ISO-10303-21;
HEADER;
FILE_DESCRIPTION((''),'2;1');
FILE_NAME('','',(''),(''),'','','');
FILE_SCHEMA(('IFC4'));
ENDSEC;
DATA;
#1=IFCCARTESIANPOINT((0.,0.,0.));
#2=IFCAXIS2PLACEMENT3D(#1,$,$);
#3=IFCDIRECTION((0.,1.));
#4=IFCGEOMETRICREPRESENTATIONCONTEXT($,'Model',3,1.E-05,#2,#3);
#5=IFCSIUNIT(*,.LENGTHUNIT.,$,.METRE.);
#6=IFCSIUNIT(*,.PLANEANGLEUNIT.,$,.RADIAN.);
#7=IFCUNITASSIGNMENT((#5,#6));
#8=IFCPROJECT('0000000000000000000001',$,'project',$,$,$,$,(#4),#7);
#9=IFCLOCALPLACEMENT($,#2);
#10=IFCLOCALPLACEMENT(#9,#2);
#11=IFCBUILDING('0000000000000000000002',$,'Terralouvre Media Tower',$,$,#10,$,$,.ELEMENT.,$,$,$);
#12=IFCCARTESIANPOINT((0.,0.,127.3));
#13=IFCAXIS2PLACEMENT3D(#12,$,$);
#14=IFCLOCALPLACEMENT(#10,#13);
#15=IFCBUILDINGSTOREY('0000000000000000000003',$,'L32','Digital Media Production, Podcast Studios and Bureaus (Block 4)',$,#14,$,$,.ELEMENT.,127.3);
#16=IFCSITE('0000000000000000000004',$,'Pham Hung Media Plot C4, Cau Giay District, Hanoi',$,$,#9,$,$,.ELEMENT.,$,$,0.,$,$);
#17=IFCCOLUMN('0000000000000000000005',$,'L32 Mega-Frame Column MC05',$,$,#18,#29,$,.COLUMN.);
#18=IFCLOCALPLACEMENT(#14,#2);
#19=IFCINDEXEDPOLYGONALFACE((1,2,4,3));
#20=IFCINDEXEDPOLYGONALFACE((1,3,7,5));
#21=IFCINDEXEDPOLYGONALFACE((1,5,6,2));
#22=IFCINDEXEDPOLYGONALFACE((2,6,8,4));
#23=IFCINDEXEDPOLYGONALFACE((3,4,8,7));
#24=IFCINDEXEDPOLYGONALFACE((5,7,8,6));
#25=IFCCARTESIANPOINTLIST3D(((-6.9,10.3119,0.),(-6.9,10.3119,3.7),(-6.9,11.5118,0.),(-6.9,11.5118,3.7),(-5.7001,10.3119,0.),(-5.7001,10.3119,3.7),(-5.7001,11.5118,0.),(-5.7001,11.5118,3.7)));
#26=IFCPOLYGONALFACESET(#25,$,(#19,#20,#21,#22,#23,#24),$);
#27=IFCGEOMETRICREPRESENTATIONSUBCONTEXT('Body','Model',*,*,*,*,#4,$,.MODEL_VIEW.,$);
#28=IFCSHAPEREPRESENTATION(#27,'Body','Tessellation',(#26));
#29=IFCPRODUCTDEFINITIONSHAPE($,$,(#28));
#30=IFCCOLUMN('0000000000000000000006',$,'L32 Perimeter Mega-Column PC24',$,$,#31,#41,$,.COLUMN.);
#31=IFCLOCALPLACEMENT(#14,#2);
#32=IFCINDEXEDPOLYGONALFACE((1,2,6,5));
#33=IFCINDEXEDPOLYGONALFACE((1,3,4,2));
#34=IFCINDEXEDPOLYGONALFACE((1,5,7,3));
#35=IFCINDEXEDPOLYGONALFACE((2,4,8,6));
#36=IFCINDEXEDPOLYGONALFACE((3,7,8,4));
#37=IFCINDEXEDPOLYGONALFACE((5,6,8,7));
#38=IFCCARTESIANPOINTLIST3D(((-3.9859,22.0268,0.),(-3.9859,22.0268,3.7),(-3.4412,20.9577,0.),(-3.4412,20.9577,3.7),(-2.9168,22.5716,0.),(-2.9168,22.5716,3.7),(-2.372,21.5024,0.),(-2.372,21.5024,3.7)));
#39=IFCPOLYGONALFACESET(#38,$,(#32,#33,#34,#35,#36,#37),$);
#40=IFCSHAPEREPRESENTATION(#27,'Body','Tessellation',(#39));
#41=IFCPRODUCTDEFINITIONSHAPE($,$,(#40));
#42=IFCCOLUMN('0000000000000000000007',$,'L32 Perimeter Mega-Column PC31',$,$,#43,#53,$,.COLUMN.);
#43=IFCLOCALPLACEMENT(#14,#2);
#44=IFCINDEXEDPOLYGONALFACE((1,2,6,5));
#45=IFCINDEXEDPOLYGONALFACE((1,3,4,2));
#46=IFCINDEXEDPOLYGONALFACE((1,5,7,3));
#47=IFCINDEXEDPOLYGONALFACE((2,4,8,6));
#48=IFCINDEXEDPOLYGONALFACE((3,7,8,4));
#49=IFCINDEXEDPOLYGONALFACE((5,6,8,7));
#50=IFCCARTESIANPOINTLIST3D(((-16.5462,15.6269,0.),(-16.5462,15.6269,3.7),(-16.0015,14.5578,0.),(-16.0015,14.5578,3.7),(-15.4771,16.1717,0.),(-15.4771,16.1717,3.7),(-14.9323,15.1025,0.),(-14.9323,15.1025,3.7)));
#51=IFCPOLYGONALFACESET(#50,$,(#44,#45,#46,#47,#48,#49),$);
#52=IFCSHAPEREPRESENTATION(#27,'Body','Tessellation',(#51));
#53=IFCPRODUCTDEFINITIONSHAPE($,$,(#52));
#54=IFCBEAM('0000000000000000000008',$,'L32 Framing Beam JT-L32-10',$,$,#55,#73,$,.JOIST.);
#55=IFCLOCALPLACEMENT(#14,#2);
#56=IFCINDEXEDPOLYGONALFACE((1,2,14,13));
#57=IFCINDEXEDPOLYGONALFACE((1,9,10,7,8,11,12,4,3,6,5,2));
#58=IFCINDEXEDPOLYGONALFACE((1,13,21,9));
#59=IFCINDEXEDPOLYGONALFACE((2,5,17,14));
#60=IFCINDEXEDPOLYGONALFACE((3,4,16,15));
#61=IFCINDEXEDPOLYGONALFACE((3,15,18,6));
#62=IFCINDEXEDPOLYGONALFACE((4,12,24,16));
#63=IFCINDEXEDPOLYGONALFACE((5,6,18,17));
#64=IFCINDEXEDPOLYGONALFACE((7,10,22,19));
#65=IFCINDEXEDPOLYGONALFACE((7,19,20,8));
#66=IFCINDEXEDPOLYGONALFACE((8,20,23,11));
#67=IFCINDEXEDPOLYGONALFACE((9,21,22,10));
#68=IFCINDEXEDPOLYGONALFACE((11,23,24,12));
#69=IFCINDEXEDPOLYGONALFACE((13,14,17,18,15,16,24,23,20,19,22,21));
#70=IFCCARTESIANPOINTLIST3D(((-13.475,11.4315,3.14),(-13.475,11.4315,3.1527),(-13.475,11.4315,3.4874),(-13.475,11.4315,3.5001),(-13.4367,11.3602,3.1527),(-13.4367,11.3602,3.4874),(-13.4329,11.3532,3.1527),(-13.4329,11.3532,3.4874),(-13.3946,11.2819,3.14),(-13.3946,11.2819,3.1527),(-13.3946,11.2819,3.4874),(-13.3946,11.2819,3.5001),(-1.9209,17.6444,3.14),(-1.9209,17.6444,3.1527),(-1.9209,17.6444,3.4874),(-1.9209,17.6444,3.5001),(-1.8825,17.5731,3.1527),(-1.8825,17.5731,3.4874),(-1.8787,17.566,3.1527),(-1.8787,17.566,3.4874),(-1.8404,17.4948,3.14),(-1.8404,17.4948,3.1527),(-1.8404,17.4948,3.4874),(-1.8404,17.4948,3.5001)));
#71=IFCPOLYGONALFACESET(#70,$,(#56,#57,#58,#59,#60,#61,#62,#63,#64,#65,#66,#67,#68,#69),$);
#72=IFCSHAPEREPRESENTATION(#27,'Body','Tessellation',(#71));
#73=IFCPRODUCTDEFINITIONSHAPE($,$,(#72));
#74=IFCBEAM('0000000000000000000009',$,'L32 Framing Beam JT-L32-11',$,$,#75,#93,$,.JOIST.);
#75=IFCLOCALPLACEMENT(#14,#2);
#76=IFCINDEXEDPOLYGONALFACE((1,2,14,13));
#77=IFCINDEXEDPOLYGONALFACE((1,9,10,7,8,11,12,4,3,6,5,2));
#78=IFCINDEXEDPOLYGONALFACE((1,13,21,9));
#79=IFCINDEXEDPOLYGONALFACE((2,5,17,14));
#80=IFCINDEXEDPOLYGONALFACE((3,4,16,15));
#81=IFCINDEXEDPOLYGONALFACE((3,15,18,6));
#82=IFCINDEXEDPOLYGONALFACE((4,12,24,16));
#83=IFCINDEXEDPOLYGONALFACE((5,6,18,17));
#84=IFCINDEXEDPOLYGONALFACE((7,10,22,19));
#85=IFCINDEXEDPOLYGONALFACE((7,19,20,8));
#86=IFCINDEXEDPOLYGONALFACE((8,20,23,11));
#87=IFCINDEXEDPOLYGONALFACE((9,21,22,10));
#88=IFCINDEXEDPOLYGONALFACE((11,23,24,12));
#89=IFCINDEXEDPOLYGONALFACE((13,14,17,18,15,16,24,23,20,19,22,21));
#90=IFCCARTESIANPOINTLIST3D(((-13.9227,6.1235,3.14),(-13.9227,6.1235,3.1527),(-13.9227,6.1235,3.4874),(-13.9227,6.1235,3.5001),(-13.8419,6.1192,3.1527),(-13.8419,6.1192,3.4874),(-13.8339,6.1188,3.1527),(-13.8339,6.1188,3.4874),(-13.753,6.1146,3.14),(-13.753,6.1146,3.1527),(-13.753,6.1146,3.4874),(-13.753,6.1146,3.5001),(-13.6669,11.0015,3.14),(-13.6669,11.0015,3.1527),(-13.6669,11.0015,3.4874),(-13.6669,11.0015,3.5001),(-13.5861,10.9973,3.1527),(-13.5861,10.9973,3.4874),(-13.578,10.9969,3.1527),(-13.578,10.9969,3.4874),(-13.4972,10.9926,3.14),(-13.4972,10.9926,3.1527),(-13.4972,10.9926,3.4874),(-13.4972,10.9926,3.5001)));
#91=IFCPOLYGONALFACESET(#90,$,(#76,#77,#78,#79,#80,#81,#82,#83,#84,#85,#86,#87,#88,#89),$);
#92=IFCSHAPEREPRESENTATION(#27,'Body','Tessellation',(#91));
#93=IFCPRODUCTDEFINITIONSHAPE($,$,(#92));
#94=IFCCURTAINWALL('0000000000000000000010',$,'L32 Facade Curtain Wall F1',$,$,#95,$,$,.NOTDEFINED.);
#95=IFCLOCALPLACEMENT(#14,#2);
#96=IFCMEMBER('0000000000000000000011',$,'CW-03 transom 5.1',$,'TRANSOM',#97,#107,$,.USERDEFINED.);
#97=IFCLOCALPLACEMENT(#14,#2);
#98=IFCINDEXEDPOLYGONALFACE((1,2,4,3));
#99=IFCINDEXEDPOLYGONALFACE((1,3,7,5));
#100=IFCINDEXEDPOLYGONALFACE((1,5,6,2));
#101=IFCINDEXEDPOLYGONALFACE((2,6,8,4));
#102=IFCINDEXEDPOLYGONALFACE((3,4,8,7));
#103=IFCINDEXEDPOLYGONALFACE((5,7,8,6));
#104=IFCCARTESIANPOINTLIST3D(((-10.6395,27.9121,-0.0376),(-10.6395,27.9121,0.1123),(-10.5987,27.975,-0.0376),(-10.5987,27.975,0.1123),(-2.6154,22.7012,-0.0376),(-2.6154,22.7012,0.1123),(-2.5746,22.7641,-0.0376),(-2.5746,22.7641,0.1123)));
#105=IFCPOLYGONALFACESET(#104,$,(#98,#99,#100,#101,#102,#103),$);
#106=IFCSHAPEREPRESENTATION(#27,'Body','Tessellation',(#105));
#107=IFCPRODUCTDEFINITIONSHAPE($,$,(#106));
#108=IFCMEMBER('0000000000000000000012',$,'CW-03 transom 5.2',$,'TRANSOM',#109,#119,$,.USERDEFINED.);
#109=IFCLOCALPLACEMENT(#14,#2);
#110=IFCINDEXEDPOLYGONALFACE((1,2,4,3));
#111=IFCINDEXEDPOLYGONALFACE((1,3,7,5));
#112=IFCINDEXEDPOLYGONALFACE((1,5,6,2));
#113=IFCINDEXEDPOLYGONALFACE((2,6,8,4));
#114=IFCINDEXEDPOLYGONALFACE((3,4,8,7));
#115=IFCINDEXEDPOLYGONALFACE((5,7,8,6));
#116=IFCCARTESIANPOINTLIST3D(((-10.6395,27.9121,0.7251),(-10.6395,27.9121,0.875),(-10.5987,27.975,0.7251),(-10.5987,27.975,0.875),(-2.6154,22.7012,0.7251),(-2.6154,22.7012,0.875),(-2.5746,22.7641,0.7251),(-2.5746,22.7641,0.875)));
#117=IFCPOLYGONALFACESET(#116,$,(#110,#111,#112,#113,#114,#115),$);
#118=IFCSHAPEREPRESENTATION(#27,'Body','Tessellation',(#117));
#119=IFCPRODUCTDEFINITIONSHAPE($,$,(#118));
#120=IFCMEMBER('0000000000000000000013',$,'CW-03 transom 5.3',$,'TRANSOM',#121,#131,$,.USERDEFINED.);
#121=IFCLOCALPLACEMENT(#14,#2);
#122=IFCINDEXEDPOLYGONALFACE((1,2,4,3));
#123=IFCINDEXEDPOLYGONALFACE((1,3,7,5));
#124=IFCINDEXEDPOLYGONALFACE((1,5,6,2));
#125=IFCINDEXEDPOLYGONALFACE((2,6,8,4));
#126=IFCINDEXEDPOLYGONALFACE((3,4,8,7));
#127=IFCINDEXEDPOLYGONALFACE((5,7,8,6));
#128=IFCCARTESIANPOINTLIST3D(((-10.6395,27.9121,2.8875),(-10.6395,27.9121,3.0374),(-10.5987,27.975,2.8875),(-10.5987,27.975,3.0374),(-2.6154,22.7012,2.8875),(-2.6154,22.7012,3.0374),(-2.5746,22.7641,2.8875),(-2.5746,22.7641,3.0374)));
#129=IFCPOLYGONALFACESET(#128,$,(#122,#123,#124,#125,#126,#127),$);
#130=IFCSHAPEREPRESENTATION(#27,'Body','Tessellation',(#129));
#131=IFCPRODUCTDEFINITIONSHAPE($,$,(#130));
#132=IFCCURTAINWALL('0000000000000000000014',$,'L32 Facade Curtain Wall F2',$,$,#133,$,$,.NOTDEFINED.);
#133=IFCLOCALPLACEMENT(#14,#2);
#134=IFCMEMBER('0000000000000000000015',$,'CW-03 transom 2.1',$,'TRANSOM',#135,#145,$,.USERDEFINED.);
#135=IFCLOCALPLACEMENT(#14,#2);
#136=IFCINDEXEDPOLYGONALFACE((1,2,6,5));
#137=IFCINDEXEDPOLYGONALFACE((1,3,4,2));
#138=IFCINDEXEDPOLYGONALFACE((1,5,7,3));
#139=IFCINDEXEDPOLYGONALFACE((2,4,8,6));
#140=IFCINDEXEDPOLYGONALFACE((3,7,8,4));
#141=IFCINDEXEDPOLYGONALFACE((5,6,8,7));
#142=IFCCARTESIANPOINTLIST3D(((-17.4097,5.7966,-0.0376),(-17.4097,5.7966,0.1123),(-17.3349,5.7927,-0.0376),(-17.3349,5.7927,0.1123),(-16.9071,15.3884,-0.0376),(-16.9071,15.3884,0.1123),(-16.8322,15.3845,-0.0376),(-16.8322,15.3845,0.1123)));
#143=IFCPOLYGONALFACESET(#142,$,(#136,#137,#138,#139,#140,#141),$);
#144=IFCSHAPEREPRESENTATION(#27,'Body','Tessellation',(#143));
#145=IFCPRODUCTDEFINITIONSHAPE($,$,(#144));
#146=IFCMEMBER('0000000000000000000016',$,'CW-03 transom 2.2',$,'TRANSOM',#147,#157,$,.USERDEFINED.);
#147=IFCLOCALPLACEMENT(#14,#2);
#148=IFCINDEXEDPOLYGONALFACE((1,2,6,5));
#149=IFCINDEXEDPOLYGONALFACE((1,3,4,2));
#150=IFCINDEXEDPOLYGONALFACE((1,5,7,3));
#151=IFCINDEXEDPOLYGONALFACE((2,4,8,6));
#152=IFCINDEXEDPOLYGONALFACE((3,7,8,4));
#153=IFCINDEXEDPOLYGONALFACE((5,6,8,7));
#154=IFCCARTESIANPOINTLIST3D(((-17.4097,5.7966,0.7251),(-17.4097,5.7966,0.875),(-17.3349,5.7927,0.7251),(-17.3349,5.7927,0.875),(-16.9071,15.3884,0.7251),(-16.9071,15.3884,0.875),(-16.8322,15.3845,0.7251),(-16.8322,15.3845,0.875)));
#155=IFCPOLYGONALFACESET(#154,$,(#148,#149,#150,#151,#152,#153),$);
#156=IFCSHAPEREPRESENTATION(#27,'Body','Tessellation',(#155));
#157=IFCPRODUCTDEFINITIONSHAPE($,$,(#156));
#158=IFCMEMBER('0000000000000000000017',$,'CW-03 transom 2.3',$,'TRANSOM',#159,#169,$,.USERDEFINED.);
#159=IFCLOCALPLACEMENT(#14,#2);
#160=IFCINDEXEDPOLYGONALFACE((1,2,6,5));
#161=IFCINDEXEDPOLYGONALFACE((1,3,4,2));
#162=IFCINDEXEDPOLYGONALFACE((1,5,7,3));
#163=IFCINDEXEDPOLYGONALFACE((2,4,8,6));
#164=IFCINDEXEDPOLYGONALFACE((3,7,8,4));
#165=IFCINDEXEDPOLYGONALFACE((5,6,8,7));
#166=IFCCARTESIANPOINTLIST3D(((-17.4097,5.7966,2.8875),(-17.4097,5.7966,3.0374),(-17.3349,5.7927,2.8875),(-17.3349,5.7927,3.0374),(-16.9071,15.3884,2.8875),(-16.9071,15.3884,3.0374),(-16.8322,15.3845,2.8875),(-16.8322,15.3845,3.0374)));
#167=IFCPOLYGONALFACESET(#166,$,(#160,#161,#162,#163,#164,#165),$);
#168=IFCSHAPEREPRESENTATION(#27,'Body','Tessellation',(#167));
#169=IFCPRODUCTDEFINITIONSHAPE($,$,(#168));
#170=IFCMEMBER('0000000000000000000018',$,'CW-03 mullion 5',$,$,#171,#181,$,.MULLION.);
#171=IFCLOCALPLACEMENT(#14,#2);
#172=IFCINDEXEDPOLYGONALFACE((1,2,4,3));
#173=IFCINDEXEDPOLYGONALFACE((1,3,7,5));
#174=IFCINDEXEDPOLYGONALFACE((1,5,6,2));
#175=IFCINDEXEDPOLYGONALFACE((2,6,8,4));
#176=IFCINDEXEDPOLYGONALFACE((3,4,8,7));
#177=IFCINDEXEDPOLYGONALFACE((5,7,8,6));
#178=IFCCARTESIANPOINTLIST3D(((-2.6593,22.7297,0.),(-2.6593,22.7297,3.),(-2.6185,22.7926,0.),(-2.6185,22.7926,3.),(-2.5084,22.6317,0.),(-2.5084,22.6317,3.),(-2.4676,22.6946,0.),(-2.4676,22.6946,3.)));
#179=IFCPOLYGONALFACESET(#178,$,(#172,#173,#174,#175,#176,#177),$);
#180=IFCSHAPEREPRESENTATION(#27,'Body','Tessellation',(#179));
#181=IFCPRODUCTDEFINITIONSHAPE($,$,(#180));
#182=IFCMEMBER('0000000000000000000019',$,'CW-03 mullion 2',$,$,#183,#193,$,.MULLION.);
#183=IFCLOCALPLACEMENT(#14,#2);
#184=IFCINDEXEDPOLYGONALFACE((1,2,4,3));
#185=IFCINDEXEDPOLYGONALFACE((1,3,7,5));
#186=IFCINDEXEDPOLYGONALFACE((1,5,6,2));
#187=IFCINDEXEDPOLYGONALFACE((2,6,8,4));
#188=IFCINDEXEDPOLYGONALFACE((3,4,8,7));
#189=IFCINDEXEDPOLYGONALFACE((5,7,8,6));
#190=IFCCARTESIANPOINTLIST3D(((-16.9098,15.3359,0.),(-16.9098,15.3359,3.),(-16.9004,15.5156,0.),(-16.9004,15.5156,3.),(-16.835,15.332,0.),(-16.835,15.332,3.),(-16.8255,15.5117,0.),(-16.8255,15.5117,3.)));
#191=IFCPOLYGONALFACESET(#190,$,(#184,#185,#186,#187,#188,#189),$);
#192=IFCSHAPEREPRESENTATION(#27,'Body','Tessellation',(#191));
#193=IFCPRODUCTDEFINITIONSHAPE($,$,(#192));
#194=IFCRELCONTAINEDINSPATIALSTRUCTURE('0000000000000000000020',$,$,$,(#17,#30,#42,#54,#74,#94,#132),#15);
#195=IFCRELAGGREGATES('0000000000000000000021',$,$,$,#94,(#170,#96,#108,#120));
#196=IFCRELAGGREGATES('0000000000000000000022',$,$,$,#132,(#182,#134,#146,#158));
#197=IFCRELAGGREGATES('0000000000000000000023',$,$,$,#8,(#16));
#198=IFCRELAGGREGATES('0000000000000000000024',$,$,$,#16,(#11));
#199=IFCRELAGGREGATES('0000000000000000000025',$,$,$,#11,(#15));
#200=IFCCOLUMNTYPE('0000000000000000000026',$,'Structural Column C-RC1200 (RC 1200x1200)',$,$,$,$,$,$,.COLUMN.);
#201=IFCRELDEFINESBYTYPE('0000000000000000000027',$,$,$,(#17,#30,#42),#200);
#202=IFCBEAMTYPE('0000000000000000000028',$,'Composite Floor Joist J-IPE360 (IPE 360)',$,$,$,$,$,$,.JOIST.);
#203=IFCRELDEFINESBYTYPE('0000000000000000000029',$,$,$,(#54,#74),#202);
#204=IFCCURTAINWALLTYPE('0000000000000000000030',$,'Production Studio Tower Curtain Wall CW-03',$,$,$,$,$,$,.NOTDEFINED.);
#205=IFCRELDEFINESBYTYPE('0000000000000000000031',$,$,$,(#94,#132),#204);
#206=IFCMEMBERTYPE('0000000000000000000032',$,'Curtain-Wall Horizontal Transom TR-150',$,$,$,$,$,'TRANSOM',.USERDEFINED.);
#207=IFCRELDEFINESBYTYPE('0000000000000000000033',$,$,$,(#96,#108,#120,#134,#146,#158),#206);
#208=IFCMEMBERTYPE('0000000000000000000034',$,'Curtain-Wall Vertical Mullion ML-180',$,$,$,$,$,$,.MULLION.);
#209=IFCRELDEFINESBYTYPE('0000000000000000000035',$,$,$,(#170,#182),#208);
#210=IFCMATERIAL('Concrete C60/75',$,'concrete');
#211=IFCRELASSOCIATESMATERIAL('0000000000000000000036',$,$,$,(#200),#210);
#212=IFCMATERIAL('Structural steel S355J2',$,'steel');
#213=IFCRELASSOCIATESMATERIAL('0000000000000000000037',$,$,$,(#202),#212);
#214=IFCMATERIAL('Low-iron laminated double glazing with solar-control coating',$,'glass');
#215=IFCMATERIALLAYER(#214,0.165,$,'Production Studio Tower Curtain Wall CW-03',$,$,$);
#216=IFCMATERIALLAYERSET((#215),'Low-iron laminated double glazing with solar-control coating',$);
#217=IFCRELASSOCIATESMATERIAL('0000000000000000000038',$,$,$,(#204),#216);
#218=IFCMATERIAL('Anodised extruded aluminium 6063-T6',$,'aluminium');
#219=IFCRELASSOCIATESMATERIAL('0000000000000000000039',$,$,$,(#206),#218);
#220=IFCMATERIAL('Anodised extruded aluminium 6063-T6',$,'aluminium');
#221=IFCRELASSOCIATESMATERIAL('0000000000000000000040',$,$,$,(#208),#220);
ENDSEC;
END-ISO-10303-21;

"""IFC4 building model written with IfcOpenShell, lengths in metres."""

from ifc_helpers import new_model, si_unit, direction, frame, origin, origin_2d, place, context, subcontext, project, spatial, rectangle, i_section, extrude, material, layer, layer_set, material_profile, profile_set, type_object, element, aggregate, save


model = new_model("IFC4")

# Units and contexts
model_context = context("Model", 3, precision=1e-05, world=origin(), true_north=direction((0.0, 1.0)))
body_context = subcontext(model_context, "Body", "Model", "MODEL_VIEW")
ifc_project = project(units=[si_unit("LENGTHUNIT", "METRE"), si_unit("PLANEANGLEUNIT", "RADIAN")], contexts=[model_context])

# Site, building, storey
site_placement = place(None, origin())
site = spatial("IfcSite", under=ifc_project, at=site_placement, Name="Pham Hung Media Plot C4, Cau Giay District, Hanoi", CompositionType="ELEMENT", RefElevation=0.0)
building_placement = place(site_placement, origin())
building = spatial("IfcBuilding", under=site, at=building_placement, Name="Terralouvre Media Tower", CompositionType="ELEMENT")
storey_placement = place(building_placement, frame((0.0, 0.0, 127.3)))
storey = spatial("IfcBuildingStorey", under=building, at=storey_placement, Name="L32", Description="Digital Media Production, Podcast Studios and Bureaus (Block 4)", CompositionType="ELEMENT", Elevation=127.3)

# Columns
ifc_material_1 = material(Name="Concrete C60/75", Category="concrete")
ifc_material_profile_1 = material_profile(ifc_material_1, rectangle(XDim=1.2, YDim=1.2, at=origin_2d()), Name="RC 1200x1200")
ifc_profile_set_1 = profile_set([ifc_material_profile_1], Name="Concrete C60/75")
column_type = type_object("IfcColumnType", Name="Structural Column C-RC1200 (RC 1200x1200)", PredefinedType="COLUMN", material=ifc_profile_set_1)
for number, where, z_axis, x_axis, name in (
    (1, (-6.3, 10.9119, 0.0), (0.0, 0.0, 1.0), (1.0, 0.0, 0.0), "L32 Mega-Frame Column MC05"),
    (2, (-3.179, 21.7646, 0.0), (0.0, 0.0, 1.0), (0.891007, 0.45399, 0.0), "L32 Perimeter Mega-Column PC24"),
    (3, (-15.7393, 15.3647, 0.0), (0.0, 0.0, 1.0), (0.891007, 0.45399, 0.0), "L32 Perimeter Mega-Column PC31"),
):
    element("IfcColumn", number, at=place(storey_placement, frame(where, z_axis=z_axis, x_axis=x_axis)), inside=storey, type_object=column_type, Name=name, PredefinedType="COLUMN", context=body_context, shape_type="SweptSolid", body=[
        extrude(rectangle(XDim=1.2, YDim=1.2, at=origin_2d()), origin(), (0.0, 0.0, 1.0), 3.7),
    ])

# Beams
ifc_material_2 = material(Name="Structural steel S355J2", Category="steel")
ifc_material_profile_2 = material_profile(ifc_material_2, i_section(OverallWidth=0.1699, OverallDepth=0.3601, WebThickness=0.0081, FlangeThickness=0.0127, at=origin_2d()), Name="IPE 360")
ifc_profile_set_2 = profile_set([ifc_material_profile_2], Name="Structural steel S355J2")
beam_type_1 = type_object("IfcBeamType", Name="Composite Floor Joist J-IPE360 (IPE 360)", PredefinedType="JOIST", material=ifc_profile_set_2)
beam_1_placement = place(storey_placement, frame((-1.8806, 17.5696, 3.3201), z_axis=(-0.880745, -0.473591, 0.0), x_axis=(0.473591, -0.880745, 0.0)))
element("IfcBeam", 4, at=beam_1_placement, inside=storey, type_object=beam_type_1, Name="L32 Framing Beam JT-L32-10", PredefinedType="JOIST", context=body_context, shape_type="SweptSolid", body=[
    extrude(i_section(OverallWidth=0.1699, OverallDepth=0.3601, WebThickness=0.0081, FlangeThickness=0.0127, at=origin_2d()), origin(), (0.0, 0.0, 1.0), 13.1187),
])
beam_2_placement = place(storey_placement, frame((-13.582, 10.9971, 3.3201), z_axis=(-0.052378, -0.998627, 0.0), x_axis=(0.998627, -0.052378, 0.0)))
element("IfcBeam", 5, at=beam_2_placement, inside=storey, type_object=beam_type_1, Name="L32 Framing Beam JT-L32-11", PredefinedType="JOIST", context=body_context, shape_type="SweptSolid", body=[
    extrude(i_section(OverallWidth=0.1699, OverallDepth=0.3601, WebThickness=0.0081, FlangeThickness=0.0127, at=origin_2d()), origin(), (0.0, 0.0, 1.0), 4.8848),
])

# Curtain walls, members
ifc_material_3 = material(Name="Low-iron laminated double glazing with solar-control coating", Category="glass")
ifc_layer_1 = layer(ifc_material_3, 0.165, Name="Production Studio Tower Curtain Wall CW-03")
ifc_layer_set_1 = layer_set([ifc_layer_1], Name="Low-iron laminated double glazing with solar-control coating")
curtain_wall_type = type_object("IfcCurtainWallType", Name="Production Studio Tower Curtain Wall CW-03", PredefinedType="NOTDEFINED", material=ifc_layer_set_1)
curtain_wall_1_placement = place(storey_placement, origin())
curtain_wall_1 = element("IfcCurtainWall", 6, at=curtain_wall_1_placement, inside=storey, type_object=curtain_wall_type, Name="L32 Facade Curtain Wall F1", PredefinedType="NOTDEFINED")
ifc_material_4 = material(Name="Anodised extruded aluminium 6063-T6", Category="aluminium")
ifc_material_profile_3 = material_profile(ifc_material_4, rectangle(XDim=0.075, YDim=0.1499, at=origin_2d()), Name="ALU 75x150")
ifc_profile_set_3 = profile_set([ifc_material_profile_3], Name="Anodised extruded aluminium 6063-T6")
member_type_1 = type_object("IfcMemberType", Name="Curtain-Wall Horizontal Transom TR-150", ElementType="TRANSOM", PredefinedType="USERDEFINED", material=ifc_profile_set_3)
member_1_placement = place(storey_placement, frame((-2.595, 22.7327, 0.0374), z_axis=(-0.838671, 0.544638, 0.0), x_axis=(-0.544638, -0.838671, 0.0)))
member_1 = element("IfcMember", 7, at=member_1_placement, type_object=member_type_1, Name="CW-03 transom 5.1", ObjectType="TRANSOM", PredefinedType="USERDEFINED", context=body_context, shape_type="SweptSolid", body=[
    extrude(rectangle(XDim=0.075, YDim=0.1499, at=origin_2d()), origin(), (0.0, 0.0, 1.0), 9.5676),
])
member_2_placement = place(storey_placement, frame((-2.595, 22.7327, 0.8), z_axis=(-0.838671, 0.544638, 0.0), x_axis=(-0.544638, -0.838671, 0.0)))
member_2 = element("IfcMember", 8, at=member_2_placement, type_object=member_type_1, Name="CW-03 transom 5.2", ObjectType="TRANSOM", PredefinedType="USERDEFINED", context=body_context, shape_type="SweptSolid", body=[
    extrude(rectangle(XDim=0.075, YDim=0.1499, at=origin_2d()), origin(), (0.0, 0.0, 1.0), 9.5676),
])
member_3_placement = place(storey_placement, frame((-2.595, 22.7327, 2.9624), z_axis=(-0.838671, 0.544638, 0.0), x_axis=(-0.544638, -0.838671, 0.0)))
member_3 = element("IfcMember", 9, at=member_3_placement, type_object=member_type_1, Name="CW-03 transom 5.3", ObjectType="TRANSOM", PredefinedType="USERDEFINED", context=body_context, shape_type="SweptSolid", body=[
    extrude(rectangle(XDim=0.075, YDim=0.1499, at=origin_2d()), origin(), (0.0, 0.0, 1.0), 9.5676),
])
curtain_wall_2_placement = place(storey_placement, origin())
curtain_wall_2 = element("IfcCurtainWall", 10, at=curtain_wall_2_placement, inside=storey, type_object=curtain_wall_type, Name="L32 Facade Curtain Wall F2", PredefinedType="NOTDEFINED")
member_4_placement = place(storey_placement, frame((-16.8696, 15.3865, 0.0374), z_axis=(-0.052336, -0.99863, 0.0), x_axis=(0.99863, -0.052336, 0.0)))
member_4 = element("IfcMember", 11, at=member_4_placement, type_object=member_type_1, Name="CW-03 transom 2.1", ObjectType="TRANSOM", PredefinedType="USERDEFINED", context=body_context, shape_type="SweptSolid", body=[
    extrude(rectangle(XDim=0.075, YDim=0.1499, at=origin_2d()), origin(), (0.0, 0.0, 1.0), 9.605),
])
member_5_placement = place(storey_placement, frame((-16.8696, 15.3865, 0.8), z_axis=(-0.052336, -0.99863, 0.0), x_axis=(0.99863, -0.052336, 0.0)))
member_5 = element("IfcMember", 12, at=member_5_placement, type_object=member_type_1, Name="CW-03 transom 2.2", ObjectType="TRANSOM", PredefinedType="USERDEFINED", context=body_context, shape_type="SweptSolid", body=[
    extrude(rectangle(XDim=0.075, YDim=0.1499, at=origin_2d()), origin(), (0.0, 0.0, 1.0), 9.605),
])
member_6_placement = place(storey_placement, frame((-16.8696, 15.3865, 2.9624), z_axis=(-0.052336, -0.99863, 0.0), x_axis=(0.99863, -0.052336, 0.0)))
member_6 = element("IfcMember", 13, at=member_6_placement, type_object=member_type_1, Name="CW-03 transom 2.3", ObjectType="TRANSOM", PredefinedType="USERDEFINED", context=body_context, shape_type="SweptSolid", body=[
    extrude(rectangle(XDim=0.075, YDim=0.1499, at=origin_2d()), origin(), (0.0, 0.0, 1.0), 9.605),
])

# Members
ifc_material_5 = material(Name="Anodised extruded aluminium 6063-T6", Category="aluminium")
ifc_material_profile_4 = material_profile(ifc_material_5, rectangle(XDim=0.075, YDim=0.1799, at=origin_2d()), Name="ALU 75x180")
ifc_profile_set_4 = profile_set([ifc_material_profile_4], Name="Anodised extruded aluminium 6063-T6")
member_type_2 = type_object("IfcMemberType", Name="Curtain-Wall Vertical Mullion ML-180", PredefinedType="MULLION", material=ifc_profile_set_4)
member_7_placement = place(storey_placement, frame((-2.5635, 22.7122, 0.0), z_axis=(0.0, 0.0, 1.0), x_axis=(-0.544639, -0.838671, 0.0)))
member_7 = element("IfcMember", 14, at=member_7_placement, type_object=member_type_2, Name="CW-03 mullion 5", PredefinedType="MULLION", context=body_context, shape_type="SweptSolid", body=[
    extrude(rectangle(XDim=0.075, YDim=0.1799, at=origin_2d()), origin(), (0.0, 0.0, 1.0), 3.0),
])
aggregate(curtain_wall_1, [member_7, member_1, member_2, member_3])
member_8_placement = place(storey_placement, frame((-16.8677, 15.4238, 0.0), z_axis=(0.0, 0.0, 1.0), x_axis=(0.99863, -0.052336, 0.0)))
member_8 = element("IfcMember", 15, at=member_8_placement, type_object=member_type_2, Name="CW-03 mullion 2", PredefinedType="MULLION", context=body_context, shape_type="SweptSolid", body=[
    extrude(rectangle(XDim=0.075, YDim=0.1799, at=origin_2d()), origin(), (0.0, 0.0, 1.0), 3.0),
])

aggregate(curtain_wall_2, [member_8, member_4, member_5, member_6])

save(model, "model.ifc")
